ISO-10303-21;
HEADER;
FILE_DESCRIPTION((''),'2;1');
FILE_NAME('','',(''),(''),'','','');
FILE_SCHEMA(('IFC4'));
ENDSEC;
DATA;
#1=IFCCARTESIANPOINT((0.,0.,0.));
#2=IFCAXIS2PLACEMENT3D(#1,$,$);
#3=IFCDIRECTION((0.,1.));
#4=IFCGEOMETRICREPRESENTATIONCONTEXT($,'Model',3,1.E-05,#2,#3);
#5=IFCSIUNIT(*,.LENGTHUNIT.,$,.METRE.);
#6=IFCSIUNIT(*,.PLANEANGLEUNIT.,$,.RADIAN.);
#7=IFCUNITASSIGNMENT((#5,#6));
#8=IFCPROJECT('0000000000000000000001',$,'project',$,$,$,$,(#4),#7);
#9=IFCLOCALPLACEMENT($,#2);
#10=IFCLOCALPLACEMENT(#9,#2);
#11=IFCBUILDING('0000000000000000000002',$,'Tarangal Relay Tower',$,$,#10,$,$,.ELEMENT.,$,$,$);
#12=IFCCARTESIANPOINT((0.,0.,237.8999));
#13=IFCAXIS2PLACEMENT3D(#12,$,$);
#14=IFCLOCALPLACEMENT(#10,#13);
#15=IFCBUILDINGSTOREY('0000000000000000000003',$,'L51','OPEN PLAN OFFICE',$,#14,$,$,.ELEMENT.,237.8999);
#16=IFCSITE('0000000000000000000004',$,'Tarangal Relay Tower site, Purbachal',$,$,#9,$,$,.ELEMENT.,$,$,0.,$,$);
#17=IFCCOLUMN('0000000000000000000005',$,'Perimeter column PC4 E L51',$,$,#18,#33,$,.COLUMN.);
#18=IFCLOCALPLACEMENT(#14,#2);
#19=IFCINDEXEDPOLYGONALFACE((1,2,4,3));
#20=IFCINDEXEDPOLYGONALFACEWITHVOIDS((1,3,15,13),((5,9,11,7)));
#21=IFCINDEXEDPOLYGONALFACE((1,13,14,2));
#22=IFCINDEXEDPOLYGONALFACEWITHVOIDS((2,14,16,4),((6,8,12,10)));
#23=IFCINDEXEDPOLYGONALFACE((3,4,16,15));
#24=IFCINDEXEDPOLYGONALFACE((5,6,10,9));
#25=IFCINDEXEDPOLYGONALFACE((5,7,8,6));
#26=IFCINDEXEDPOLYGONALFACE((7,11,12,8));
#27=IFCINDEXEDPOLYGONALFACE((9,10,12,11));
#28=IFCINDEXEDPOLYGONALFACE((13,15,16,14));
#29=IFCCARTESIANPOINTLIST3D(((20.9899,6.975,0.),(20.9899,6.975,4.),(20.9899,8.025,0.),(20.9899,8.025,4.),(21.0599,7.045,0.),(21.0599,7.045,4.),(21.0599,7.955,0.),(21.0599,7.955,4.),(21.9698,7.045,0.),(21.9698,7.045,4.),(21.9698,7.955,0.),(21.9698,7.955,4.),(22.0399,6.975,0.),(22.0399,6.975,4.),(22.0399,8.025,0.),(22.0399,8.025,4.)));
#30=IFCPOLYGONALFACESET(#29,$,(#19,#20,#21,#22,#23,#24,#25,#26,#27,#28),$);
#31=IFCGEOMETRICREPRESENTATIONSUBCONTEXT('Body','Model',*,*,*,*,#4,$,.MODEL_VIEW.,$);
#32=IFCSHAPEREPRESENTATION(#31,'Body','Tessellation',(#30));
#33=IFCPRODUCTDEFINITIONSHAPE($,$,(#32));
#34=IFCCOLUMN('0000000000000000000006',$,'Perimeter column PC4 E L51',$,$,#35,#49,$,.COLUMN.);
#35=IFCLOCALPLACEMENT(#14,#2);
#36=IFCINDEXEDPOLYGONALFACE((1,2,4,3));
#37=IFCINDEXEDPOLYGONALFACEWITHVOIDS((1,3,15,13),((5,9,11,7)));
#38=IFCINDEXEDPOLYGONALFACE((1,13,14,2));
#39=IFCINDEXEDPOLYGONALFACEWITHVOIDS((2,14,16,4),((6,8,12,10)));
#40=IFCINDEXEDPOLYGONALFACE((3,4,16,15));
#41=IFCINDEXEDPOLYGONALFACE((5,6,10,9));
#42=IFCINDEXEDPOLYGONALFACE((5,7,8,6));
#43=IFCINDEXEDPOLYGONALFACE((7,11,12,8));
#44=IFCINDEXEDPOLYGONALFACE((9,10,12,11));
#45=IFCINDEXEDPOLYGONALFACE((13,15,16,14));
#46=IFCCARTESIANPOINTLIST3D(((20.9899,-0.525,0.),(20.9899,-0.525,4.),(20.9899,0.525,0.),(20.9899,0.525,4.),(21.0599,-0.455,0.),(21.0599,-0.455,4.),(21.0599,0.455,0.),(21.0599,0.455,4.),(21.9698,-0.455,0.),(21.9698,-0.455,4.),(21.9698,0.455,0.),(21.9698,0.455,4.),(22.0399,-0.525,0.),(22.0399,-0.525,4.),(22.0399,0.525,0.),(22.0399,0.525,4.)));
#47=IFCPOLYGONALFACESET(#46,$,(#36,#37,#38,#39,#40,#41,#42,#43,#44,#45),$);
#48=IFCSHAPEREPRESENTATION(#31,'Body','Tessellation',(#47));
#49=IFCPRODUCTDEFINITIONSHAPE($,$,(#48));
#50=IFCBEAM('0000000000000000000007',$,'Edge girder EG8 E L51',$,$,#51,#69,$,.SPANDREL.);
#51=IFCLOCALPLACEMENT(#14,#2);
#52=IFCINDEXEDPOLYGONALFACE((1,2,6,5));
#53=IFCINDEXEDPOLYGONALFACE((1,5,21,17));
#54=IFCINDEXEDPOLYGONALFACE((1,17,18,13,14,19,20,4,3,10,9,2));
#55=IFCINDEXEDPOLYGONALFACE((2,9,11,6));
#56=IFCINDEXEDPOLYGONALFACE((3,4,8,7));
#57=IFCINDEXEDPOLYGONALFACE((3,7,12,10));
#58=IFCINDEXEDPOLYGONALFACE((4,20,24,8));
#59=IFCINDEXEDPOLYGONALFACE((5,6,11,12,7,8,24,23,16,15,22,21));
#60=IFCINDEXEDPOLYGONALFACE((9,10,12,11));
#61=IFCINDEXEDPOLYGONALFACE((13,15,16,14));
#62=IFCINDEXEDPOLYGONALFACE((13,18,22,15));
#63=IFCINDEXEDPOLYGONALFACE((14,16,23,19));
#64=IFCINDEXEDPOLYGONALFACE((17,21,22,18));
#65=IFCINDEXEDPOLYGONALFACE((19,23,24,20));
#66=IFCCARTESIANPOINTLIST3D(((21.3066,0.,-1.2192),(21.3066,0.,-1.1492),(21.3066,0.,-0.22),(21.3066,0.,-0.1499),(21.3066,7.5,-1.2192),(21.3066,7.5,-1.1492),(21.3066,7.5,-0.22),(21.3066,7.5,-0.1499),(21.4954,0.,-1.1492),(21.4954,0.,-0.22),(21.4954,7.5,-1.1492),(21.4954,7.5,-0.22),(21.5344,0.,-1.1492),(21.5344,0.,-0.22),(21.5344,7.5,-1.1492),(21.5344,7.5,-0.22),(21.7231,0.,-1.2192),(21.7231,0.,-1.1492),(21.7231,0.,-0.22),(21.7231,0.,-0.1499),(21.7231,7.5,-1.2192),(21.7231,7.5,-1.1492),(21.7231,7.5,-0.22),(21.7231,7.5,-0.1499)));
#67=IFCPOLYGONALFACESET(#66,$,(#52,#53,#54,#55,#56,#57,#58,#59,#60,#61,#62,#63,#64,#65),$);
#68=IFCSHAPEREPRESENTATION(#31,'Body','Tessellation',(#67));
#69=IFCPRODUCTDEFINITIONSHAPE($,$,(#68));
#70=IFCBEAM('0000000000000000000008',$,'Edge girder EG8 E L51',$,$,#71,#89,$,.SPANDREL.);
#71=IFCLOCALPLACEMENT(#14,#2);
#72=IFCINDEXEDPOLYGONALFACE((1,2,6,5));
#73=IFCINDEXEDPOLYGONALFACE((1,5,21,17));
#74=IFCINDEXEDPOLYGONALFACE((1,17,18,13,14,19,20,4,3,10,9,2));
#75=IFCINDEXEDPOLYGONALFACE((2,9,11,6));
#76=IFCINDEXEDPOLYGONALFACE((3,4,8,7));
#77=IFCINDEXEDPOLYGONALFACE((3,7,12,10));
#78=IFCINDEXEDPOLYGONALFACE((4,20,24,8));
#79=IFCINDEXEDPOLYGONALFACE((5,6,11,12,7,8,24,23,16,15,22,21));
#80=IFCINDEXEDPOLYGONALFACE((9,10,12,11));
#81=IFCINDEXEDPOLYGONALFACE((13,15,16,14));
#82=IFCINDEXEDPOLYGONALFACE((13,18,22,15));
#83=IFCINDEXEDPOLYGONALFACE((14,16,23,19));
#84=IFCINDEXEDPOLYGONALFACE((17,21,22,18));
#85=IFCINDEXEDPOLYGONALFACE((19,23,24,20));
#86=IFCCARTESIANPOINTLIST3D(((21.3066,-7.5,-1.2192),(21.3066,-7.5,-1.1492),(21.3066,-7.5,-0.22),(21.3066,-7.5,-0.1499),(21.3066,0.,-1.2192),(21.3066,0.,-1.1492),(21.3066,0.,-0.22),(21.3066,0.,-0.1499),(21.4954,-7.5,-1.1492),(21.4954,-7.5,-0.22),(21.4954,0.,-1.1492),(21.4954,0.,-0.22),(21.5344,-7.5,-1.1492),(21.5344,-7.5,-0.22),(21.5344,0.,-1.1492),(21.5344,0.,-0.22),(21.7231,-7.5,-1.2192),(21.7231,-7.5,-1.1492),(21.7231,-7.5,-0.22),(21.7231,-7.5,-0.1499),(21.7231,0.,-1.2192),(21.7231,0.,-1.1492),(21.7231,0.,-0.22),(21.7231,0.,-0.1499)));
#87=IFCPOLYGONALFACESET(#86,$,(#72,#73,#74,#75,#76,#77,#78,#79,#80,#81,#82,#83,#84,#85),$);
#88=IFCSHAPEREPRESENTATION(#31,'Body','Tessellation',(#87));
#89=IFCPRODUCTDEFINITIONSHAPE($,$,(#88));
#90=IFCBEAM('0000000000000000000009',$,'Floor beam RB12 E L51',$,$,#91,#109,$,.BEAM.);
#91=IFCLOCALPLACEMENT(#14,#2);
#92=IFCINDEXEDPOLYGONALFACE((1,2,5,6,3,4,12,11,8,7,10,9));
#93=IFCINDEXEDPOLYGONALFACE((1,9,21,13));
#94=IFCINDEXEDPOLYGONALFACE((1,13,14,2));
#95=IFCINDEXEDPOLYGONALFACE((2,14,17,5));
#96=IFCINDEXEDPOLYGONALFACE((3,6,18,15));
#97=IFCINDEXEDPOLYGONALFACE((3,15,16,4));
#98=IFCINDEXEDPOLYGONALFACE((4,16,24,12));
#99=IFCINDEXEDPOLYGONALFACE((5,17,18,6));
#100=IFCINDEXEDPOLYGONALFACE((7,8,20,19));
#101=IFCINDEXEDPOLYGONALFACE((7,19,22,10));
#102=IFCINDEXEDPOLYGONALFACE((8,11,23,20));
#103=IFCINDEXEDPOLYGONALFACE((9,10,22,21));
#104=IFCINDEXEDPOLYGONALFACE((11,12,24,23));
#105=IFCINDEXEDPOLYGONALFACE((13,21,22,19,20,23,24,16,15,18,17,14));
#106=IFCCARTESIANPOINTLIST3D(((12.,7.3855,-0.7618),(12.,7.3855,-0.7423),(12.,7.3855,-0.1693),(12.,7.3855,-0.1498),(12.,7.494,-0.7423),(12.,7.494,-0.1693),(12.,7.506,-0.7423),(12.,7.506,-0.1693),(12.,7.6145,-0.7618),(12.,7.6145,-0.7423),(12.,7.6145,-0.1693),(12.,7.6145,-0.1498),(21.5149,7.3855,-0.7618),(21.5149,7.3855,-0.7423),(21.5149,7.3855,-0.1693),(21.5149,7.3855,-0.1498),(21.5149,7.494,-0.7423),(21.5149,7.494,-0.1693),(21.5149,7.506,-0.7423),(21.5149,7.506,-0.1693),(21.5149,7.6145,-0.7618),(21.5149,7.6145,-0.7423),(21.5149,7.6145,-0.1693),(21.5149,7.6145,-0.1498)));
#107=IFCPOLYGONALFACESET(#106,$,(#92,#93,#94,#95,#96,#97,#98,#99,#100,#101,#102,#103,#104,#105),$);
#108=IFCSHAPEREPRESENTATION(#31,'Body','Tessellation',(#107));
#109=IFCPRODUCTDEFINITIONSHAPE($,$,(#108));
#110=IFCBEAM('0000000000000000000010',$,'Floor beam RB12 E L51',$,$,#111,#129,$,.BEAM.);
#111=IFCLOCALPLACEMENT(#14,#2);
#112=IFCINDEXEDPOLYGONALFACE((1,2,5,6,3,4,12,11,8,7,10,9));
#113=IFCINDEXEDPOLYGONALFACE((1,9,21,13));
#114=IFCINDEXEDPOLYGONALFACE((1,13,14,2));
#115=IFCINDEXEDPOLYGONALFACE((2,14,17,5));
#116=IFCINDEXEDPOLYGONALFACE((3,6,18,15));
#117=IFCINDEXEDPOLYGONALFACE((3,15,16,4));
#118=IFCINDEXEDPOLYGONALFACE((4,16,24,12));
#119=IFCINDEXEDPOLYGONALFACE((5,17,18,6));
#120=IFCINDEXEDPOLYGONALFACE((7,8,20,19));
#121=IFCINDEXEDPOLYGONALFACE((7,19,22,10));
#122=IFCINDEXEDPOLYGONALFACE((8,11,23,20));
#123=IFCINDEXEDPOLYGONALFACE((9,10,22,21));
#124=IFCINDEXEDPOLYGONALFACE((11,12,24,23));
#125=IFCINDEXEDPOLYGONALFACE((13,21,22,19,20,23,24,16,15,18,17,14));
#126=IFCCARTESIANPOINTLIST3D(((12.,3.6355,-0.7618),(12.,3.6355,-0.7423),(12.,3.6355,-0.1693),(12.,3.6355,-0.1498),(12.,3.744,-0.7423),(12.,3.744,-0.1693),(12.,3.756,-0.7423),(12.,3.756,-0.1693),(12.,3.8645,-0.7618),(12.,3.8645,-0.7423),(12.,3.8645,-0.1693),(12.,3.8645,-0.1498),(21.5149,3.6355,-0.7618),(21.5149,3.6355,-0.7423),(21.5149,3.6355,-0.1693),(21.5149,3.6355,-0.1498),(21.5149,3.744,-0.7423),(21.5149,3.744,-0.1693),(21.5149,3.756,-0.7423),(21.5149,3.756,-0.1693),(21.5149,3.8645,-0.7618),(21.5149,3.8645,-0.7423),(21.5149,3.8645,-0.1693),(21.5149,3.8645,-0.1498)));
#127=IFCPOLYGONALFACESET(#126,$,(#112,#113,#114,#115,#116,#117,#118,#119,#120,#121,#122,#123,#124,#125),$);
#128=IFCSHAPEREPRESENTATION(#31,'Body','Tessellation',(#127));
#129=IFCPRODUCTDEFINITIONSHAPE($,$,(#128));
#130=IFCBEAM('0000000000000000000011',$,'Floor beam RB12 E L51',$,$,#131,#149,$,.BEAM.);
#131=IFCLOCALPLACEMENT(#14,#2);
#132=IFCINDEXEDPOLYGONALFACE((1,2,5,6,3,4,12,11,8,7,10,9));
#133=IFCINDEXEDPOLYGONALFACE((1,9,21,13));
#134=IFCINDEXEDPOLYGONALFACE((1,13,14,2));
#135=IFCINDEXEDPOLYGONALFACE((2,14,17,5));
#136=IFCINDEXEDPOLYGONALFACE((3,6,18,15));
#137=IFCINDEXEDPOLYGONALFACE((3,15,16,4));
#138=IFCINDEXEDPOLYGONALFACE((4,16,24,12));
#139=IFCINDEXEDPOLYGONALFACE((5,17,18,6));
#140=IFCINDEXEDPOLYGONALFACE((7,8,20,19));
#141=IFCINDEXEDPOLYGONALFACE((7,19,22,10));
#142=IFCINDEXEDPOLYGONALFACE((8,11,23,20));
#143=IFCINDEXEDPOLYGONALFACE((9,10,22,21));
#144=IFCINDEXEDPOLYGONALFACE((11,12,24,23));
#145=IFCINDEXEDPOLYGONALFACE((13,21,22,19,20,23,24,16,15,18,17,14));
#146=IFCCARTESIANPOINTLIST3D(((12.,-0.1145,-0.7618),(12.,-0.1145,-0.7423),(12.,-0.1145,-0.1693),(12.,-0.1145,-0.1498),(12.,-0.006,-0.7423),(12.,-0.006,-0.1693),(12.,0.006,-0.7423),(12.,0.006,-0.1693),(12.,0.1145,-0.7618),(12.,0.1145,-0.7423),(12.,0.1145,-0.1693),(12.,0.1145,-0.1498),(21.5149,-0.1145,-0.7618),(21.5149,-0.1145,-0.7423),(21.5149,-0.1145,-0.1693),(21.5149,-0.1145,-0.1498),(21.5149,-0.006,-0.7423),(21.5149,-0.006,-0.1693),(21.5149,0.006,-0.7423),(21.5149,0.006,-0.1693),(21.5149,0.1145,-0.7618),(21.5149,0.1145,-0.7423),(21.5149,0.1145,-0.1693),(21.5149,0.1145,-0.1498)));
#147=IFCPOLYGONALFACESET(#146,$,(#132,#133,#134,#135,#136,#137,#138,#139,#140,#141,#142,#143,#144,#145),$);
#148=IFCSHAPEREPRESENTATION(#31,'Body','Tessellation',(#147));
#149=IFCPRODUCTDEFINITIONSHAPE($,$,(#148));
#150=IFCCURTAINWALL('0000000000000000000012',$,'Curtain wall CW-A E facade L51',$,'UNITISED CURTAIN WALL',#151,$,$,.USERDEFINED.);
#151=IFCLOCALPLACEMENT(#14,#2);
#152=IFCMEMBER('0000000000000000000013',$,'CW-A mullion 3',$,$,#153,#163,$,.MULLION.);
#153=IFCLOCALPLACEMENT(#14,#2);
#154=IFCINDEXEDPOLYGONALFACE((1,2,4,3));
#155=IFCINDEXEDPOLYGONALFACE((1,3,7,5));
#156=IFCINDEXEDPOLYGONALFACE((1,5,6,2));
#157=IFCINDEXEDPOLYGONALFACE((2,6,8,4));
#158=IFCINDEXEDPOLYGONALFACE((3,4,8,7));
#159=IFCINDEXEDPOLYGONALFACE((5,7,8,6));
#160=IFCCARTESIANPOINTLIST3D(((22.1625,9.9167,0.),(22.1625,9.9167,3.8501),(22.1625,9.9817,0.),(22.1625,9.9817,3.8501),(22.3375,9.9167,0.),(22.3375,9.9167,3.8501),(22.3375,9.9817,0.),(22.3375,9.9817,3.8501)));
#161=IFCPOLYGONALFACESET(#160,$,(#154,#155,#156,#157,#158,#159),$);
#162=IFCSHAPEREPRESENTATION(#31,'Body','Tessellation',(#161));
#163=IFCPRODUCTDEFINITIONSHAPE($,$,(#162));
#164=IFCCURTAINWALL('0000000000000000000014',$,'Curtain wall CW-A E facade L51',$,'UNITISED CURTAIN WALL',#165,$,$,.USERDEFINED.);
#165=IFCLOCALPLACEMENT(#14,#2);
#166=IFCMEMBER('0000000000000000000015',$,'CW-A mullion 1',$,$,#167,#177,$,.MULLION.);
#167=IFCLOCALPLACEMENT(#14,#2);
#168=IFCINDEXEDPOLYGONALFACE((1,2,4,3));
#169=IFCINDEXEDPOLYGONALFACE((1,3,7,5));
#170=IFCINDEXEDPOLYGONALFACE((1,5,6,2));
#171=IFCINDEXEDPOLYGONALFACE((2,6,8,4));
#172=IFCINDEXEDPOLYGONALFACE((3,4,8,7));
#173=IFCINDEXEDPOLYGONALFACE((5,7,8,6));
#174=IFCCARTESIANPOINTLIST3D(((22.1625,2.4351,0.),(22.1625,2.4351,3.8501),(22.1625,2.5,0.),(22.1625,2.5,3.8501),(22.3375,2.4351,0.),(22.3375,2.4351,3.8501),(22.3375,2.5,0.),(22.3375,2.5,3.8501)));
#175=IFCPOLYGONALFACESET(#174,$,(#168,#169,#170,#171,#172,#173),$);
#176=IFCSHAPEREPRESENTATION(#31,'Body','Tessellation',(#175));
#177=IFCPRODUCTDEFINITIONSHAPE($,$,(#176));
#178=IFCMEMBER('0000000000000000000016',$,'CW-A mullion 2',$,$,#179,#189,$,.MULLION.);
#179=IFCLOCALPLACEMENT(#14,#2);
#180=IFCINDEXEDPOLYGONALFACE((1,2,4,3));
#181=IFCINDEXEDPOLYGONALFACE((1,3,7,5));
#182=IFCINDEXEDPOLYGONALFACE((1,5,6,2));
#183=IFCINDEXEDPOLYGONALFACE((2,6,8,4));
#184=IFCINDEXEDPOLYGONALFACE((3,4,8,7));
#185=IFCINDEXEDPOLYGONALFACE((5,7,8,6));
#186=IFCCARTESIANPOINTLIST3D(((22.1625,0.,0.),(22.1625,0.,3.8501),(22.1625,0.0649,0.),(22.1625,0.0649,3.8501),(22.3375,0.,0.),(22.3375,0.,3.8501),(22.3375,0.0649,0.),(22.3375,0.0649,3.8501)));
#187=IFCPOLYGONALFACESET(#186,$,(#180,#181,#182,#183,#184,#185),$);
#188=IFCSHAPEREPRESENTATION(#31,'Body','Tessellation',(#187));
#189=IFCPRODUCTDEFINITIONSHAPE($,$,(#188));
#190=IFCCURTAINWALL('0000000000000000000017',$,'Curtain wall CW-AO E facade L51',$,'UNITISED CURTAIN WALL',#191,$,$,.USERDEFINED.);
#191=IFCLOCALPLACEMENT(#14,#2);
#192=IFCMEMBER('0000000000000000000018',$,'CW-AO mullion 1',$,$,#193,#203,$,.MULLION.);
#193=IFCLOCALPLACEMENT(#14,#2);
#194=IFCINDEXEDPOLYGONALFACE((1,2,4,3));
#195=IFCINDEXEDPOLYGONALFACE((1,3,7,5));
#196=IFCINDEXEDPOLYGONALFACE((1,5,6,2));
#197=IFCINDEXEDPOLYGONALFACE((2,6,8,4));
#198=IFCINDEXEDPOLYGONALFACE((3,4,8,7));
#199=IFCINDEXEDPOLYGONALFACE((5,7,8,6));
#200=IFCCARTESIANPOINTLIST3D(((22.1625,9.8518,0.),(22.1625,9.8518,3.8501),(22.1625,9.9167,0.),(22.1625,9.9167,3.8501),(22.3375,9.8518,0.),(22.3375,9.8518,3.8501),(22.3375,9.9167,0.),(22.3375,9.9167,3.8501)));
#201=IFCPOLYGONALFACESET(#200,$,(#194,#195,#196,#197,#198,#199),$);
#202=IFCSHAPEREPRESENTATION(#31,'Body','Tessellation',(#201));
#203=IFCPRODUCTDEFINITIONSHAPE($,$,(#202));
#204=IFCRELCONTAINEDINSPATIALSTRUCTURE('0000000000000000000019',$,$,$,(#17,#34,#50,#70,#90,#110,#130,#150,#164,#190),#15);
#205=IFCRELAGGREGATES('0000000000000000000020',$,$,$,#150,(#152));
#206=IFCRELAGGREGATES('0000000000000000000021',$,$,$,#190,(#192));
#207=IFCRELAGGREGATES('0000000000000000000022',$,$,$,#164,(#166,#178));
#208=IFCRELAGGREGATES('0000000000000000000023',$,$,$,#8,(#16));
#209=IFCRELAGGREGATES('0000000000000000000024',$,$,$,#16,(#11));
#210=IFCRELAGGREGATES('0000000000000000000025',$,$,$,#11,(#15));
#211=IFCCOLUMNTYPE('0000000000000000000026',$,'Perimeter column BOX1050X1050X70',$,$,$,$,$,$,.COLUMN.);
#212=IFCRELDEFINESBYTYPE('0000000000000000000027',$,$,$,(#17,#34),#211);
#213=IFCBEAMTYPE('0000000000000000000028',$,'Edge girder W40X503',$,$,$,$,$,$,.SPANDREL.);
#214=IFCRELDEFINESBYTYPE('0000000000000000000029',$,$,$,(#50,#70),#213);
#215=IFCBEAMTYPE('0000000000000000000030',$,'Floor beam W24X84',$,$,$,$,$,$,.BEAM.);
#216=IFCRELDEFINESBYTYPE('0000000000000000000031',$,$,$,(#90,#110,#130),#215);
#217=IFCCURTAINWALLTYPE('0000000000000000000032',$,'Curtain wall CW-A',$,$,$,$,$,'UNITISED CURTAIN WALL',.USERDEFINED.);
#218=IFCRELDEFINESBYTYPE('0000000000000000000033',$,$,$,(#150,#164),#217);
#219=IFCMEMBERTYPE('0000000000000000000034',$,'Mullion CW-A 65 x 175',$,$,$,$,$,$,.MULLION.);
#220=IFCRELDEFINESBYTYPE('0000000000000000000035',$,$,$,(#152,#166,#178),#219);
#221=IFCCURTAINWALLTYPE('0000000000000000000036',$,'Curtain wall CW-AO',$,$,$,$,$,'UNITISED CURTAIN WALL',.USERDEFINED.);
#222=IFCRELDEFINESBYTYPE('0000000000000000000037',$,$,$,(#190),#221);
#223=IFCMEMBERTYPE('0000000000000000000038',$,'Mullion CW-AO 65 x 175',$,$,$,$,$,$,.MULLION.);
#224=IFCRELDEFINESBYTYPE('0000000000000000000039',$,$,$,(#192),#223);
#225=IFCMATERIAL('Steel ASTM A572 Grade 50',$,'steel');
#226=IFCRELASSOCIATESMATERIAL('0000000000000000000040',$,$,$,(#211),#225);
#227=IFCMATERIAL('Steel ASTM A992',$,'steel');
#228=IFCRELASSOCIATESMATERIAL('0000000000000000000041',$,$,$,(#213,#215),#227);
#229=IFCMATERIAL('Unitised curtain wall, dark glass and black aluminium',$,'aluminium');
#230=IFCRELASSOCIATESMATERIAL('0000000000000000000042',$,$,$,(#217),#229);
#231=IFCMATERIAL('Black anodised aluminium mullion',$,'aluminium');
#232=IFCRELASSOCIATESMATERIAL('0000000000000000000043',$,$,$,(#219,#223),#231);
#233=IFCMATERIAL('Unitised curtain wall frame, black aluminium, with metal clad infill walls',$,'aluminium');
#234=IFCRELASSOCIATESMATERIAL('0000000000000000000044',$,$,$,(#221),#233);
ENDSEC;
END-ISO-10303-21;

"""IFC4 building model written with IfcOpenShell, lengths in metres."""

from ifc_helpers import new_model, si_unit, direction, frame, origin, origin_2d, place, context, subcontext, project, spatial, rectangle, hollow_rectangle, i_section, extrude, material, material_profile, profile_set, type_object, element, aggregate, save


model = new_model("IFC4")

# Units and contexts
model_context = context("Model", 3, precision=1e-05, world=origin(), true_north=direction((0.0, 1.0)))
body_context = subcontext(model_context, "Body", "Model", "MODEL_VIEW")
ifc_project = project(units=[si_unit("LENGTHUNIT", "METRE"), si_unit("PLANEANGLEUNIT", "RADIAN")], contexts=[model_context])

# Site, building, storey
site_placement = place(None, origin())
site = spatial("IfcSite", under=ifc_project, at=site_placement, Name="Tarangal Relay Tower site, Purbachal", CompositionType="ELEMENT", RefElevation=0.0)
building_placement = place(site_placement, origin())
building = spatial("IfcBuilding", under=site, at=building_placement, Name="Tarangal Relay Tower", CompositionType="ELEMENT")
storey_placement = place(building_placement, frame((0.0, 0.0, 237.8999)))
storey = spatial("IfcBuildingStorey", under=building, at=storey_placement, Name="L51", Description="OPEN PLAN OFFICE", CompositionType="ELEMENT", Elevation=237.8999)

# Columns
ifc_material_1 = material(Name="Steel ASTM A572 Grade 50", Category="steel")
ifc_material_profile_1 = material_profile(ifc_material_1, hollow_rectangle(XDim=1.05, YDim=1.05, WallThickness=0.0701, at=origin_2d()), Name="BOX1050X1050X70")
ifc_profile_set_1 = profile_set([ifc_material_profile_1], Name="Steel ASTM A572 Grade 50")
column_type = type_object("IfcColumnType", Name="Perimeter column BOX1050X1050X70", PredefinedType="COLUMN", material=ifc_profile_set_1)
for number, where, z_axis, x_axis, name in (
    (1, (21.5149, 7.5, 0.0), (0.0, 0.0, 1.0), (1.0, 0.0, 0.0), "Perimeter column PC4 E L51"),
    (2, (21.5149, 0.0, 0.0), (0.0, 0.0, 1.0), (1.0, 0.0, 0.0), "Perimeter column PC4 E L51"),
):
    element("IfcColumn", number, at=place(storey_placement, frame(where, z_axis=z_axis, x_axis=x_axis)), inside=storey, type_object=column_type, Name=name, PredefinedType="COLUMN", context=body_context, shape_type="SweptSolid", body=[
        extrude(hollow_rectangle(XDim=1.05, YDim=1.05, WallThickness=0.0701, at=origin_2d()), origin(), (0.0, 0.0, 1.0), 4.0),
    ])

# Beams
ifc_material_2 = material(Name="Steel ASTM A992", Category="steel")
ifc_material_profile_2 = material_profile(ifc_material_2, i_section(OverallWidth=0.4165, OverallDepth=1.0693, WebThickness=0.0391, FlangeThickness=0.0701, at=origin_2d()), Name="W40X503")
ifc_profile_set_2 = profile_set([ifc_material_profile_2], Name="Steel ASTM A992")
beam_type_1 = type_object("IfcBeamType", Name="Edge girder W40X503", PredefinedType="SPANDREL", material=ifc_profile_set_2)
for number, where, z_axis, x_axis, name in (
    (3, (21.5149, 7.5, -0.6846), (0.0, -1.0, 0.0), (1.0, 0.0, 0.0), "Edge girder EG8 E L51"),
    (4, (21.5149, 0.0, -0.6846), (0.0, -1.0, 0.0), (1.0, 0.0, 0.0), "Edge girder EG8 E L51"),
):
    element("IfcBeam", number, at=place(storey_placement, frame(where, z_axis=z_axis, x_axis=x_axis)), inside=storey, type_object=beam_type_1, Name=name, PredefinedType="SPANDREL", context=body_context, shape_type="SweptSolid", body=[
        extrude(i_section(OverallWidth=0.4165, OverallDepth=1.0693, WebThickness=0.0391, FlangeThickness=0.0701, at=origin_2d()), origin(), (0.0, 0.0, 1.0), 7.5),
    ])
ifc_material_profile_3 = material_profile(ifc_material_2, i_section(OverallWidth=0.229, OverallDepth=0.6121, WebThickness=0.012, FlangeThickness=0.0195, at=origin_2d()), Name="W24X84")
ifc_profile_set_3 = profile_set([ifc_material_profile_3], Name="Steel ASTM A992")
beam_type_2 = type_object("IfcBeamType", Name="Floor beam W24X84", PredefinedType="BEAM", material=ifc_profile_set_3)
for number, where, z_axis, x_axis, name in (
    (5, (12.0, 7.5, -0.4558), (1.0, 0.0, 0.0), (0.0, 1.0, 0.0), "Floor beam RB12 E L51"),
    (6, (12.0, 3.75, -0.4558), (1.0, 0.0, 0.0), (0.0, 1.0, 0.0), "Floor beam RB12 E L51"),
    (7, (12.0, 0.0, -0.4558), (1.0, 0.0, 0.0), (0.0, 1.0, 0.0), "Floor beam RB12 E L51"),
):
    element("IfcBeam", number, at=place(storey_placement, frame(where, z_axis=z_axis, x_axis=x_axis)), inside=storey, type_object=beam_type_2, Name=name, PredefinedType="BEAM", context=body_context, shape_type="SweptSolid", body=[
        extrude(i_section(OverallWidth=0.229, OverallDepth=0.6121, WebThickness=0.012, FlangeThickness=0.0195, at=origin_2d()), origin(), (0.0, 0.0, 1.0), 9.5149),
    ])

# Curtain wall, member
ifc_material_3 = material(Name="Unitised curtain wall, dark glass and black aluminium", Category="aluminium")
curtain_wall_type_1 = type_object("IfcCurtainWallType", Name="Curtain wall CW-A", ElementType="UNITISED CURTAIN WALL", PredefinedType="USERDEFINED", material=ifc_material_3)
curtain_wall_1_placement = place(storey_placement, origin())
curtain_wall_1 = element("IfcCurtainWall", 8, at=curtain_wall_1_placement, inside=storey, type_object=curtain_wall_type_1, Name="Curtain wall CW-A E facade L51", ObjectType="UNITISED CURTAIN WALL", PredefinedType="USERDEFINED")
ifc_material_4 = material(Name="Black anodised aluminium mullion", Category="aluminium")
ifc_material_profile_4 = material_profile(ifc_material_4, rectangle(XDim=0.175, YDim=0.0649, at=origin_2d()), Name="CW-AM 65X175")
ifc_profile_set_4 = profile_set([ifc_material_profile_4], Name="Black anodised aluminium mullion")
member_type_1 = type_object("IfcMemberType", Name="Mullion CW-A 65 x 175", PredefinedType="MULLION", material=ifc_profile_set_4)
member_1_placement = place(storey_placement, frame((22.25, 9.9492, 0.0), z_axis=(0.0, 0.0, 1.0), x_axis=(1.0, 0.0, 0.0)))
member_1 = element("IfcMember", 9, at=member_1_placement, type_object=member_type_1, Name="CW-A mullion 3", PredefinedType="MULLION", context=body_context, shape_type="SweptSolid", body=[
    extrude(rectangle(XDim=0.175, YDim=0.0649, at=origin_2d()), origin(), (0.0, 0.0, 1.0), 3.8501),
])
aggregate(curtain_wall_1, [member_1])

# Curtain walls, members
curtain_wall_2_placement = place(storey_placement, origin())
curtain_wall_2 = element("IfcCurtainWall", 10, at=curtain_wall_2_placement, inside=storey, type_object=curtain_wall_type_1, Name="Curtain wall CW-A E facade L51", ObjectType="UNITISED CURTAIN WALL", PredefinedType="USERDEFINED")
member_2_placement = place(storey_placement, frame((22.25, 2.4675, 0.0), z_axis=(0.0, 0.0, 1.0), x_axis=(1.0, 0.0, 0.0)))
member_2 = element("IfcMember", 11, at=member_2_placement, type_object=member_type_1, Name="CW-A mullion 1", PredefinedType="MULLION", context=body_context, shape_type="SweptSolid", body=[
    extrude(rectangle(XDim=0.175, YDim=0.0649, at=origin_2d()), origin(), (0.0, 0.0, 1.0), 3.8501),
])
member_3_placement = place(storey_placement, frame((22.25, 0.0325, 0.0), z_axis=(0.0, 0.0, 1.0), x_axis=(1.0, 0.0, 0.0)))
member_3 = element("IfcMember", 12, at=member_3_placement, type_object=member_type_1, Name="CW-A mullion 2", PredefinedType="MULLION", context=body_context, shape_type="SweptSolid", body=[
    extrude(rectangle(XDim=0.175, YDim=0.0649, at=origin_2d()), origin(), (0.0, 0.0, 1.0), 3.8501),
])
ifc_material_5 = material(Name="Unitised curtain wall frame, black aluminium, with metal clad infill walls", Category="aluminium")
curtain_wall_type_2 = type_object("IfcCurtainWallType", Name="Curtain wall CW-AO", ElementType="UNITISED CURTAIN WALL", PredefinedType="USERDEFINED", material=ifc_material_5)
curtain_wall_3_placement = place(storey_placement, origin())
curtain_wall_3 = element("IfcCurtainWall", 13, at=curtain_wall_3_placement, inside=storey, type_object=curtain_wall_type_2, Name="Curtain wall CW-AO E facade L51", ObjectType="UNITISED CURTAIN WALL", PredefinedType="USERDEFINED")
ifc_material_profile_5 = material_profile(ifc_material_4, rectangle(XDim=0.175, YDim=0.0649, at=origin_2d()), Name="CW-AOM 65X175")
ifc_profile_set_5 = profile_set([ifc_material_profile_5], Name="Black anodised aluminium mullion")
member_type_2 = type_object("IfcMemberType", Name="Mullion CW-AO 65 x 175", PredefinedType="MULLION", material=ifc_profile_set_5)
member_4_placement = place(storey_placement, frame((22.25, 9.8843, 0.0), z_axis=(0.0, 0.0, 1.0), x_axis=(1.0, 0.0, 0.0)))
member_4 = element("IfcMember", 14, at=member_4_placement, type_object=member_type_2, Name="CW-AO mullion 1", PredefinedType="MULLION", context=body_context, shape_type="SweptSolid", body=[
    extrude(rectangle(XDim=0.175, YDim=0.0649, at=origin_2d()), origin(), (0.0, 0.0, 1.0), 3.8501),
])

aggregate(curtain_wall_3, [member_4])

aggregate(curtain_wall_2, [member_2, member_3])

save(model, "model.ifc")
